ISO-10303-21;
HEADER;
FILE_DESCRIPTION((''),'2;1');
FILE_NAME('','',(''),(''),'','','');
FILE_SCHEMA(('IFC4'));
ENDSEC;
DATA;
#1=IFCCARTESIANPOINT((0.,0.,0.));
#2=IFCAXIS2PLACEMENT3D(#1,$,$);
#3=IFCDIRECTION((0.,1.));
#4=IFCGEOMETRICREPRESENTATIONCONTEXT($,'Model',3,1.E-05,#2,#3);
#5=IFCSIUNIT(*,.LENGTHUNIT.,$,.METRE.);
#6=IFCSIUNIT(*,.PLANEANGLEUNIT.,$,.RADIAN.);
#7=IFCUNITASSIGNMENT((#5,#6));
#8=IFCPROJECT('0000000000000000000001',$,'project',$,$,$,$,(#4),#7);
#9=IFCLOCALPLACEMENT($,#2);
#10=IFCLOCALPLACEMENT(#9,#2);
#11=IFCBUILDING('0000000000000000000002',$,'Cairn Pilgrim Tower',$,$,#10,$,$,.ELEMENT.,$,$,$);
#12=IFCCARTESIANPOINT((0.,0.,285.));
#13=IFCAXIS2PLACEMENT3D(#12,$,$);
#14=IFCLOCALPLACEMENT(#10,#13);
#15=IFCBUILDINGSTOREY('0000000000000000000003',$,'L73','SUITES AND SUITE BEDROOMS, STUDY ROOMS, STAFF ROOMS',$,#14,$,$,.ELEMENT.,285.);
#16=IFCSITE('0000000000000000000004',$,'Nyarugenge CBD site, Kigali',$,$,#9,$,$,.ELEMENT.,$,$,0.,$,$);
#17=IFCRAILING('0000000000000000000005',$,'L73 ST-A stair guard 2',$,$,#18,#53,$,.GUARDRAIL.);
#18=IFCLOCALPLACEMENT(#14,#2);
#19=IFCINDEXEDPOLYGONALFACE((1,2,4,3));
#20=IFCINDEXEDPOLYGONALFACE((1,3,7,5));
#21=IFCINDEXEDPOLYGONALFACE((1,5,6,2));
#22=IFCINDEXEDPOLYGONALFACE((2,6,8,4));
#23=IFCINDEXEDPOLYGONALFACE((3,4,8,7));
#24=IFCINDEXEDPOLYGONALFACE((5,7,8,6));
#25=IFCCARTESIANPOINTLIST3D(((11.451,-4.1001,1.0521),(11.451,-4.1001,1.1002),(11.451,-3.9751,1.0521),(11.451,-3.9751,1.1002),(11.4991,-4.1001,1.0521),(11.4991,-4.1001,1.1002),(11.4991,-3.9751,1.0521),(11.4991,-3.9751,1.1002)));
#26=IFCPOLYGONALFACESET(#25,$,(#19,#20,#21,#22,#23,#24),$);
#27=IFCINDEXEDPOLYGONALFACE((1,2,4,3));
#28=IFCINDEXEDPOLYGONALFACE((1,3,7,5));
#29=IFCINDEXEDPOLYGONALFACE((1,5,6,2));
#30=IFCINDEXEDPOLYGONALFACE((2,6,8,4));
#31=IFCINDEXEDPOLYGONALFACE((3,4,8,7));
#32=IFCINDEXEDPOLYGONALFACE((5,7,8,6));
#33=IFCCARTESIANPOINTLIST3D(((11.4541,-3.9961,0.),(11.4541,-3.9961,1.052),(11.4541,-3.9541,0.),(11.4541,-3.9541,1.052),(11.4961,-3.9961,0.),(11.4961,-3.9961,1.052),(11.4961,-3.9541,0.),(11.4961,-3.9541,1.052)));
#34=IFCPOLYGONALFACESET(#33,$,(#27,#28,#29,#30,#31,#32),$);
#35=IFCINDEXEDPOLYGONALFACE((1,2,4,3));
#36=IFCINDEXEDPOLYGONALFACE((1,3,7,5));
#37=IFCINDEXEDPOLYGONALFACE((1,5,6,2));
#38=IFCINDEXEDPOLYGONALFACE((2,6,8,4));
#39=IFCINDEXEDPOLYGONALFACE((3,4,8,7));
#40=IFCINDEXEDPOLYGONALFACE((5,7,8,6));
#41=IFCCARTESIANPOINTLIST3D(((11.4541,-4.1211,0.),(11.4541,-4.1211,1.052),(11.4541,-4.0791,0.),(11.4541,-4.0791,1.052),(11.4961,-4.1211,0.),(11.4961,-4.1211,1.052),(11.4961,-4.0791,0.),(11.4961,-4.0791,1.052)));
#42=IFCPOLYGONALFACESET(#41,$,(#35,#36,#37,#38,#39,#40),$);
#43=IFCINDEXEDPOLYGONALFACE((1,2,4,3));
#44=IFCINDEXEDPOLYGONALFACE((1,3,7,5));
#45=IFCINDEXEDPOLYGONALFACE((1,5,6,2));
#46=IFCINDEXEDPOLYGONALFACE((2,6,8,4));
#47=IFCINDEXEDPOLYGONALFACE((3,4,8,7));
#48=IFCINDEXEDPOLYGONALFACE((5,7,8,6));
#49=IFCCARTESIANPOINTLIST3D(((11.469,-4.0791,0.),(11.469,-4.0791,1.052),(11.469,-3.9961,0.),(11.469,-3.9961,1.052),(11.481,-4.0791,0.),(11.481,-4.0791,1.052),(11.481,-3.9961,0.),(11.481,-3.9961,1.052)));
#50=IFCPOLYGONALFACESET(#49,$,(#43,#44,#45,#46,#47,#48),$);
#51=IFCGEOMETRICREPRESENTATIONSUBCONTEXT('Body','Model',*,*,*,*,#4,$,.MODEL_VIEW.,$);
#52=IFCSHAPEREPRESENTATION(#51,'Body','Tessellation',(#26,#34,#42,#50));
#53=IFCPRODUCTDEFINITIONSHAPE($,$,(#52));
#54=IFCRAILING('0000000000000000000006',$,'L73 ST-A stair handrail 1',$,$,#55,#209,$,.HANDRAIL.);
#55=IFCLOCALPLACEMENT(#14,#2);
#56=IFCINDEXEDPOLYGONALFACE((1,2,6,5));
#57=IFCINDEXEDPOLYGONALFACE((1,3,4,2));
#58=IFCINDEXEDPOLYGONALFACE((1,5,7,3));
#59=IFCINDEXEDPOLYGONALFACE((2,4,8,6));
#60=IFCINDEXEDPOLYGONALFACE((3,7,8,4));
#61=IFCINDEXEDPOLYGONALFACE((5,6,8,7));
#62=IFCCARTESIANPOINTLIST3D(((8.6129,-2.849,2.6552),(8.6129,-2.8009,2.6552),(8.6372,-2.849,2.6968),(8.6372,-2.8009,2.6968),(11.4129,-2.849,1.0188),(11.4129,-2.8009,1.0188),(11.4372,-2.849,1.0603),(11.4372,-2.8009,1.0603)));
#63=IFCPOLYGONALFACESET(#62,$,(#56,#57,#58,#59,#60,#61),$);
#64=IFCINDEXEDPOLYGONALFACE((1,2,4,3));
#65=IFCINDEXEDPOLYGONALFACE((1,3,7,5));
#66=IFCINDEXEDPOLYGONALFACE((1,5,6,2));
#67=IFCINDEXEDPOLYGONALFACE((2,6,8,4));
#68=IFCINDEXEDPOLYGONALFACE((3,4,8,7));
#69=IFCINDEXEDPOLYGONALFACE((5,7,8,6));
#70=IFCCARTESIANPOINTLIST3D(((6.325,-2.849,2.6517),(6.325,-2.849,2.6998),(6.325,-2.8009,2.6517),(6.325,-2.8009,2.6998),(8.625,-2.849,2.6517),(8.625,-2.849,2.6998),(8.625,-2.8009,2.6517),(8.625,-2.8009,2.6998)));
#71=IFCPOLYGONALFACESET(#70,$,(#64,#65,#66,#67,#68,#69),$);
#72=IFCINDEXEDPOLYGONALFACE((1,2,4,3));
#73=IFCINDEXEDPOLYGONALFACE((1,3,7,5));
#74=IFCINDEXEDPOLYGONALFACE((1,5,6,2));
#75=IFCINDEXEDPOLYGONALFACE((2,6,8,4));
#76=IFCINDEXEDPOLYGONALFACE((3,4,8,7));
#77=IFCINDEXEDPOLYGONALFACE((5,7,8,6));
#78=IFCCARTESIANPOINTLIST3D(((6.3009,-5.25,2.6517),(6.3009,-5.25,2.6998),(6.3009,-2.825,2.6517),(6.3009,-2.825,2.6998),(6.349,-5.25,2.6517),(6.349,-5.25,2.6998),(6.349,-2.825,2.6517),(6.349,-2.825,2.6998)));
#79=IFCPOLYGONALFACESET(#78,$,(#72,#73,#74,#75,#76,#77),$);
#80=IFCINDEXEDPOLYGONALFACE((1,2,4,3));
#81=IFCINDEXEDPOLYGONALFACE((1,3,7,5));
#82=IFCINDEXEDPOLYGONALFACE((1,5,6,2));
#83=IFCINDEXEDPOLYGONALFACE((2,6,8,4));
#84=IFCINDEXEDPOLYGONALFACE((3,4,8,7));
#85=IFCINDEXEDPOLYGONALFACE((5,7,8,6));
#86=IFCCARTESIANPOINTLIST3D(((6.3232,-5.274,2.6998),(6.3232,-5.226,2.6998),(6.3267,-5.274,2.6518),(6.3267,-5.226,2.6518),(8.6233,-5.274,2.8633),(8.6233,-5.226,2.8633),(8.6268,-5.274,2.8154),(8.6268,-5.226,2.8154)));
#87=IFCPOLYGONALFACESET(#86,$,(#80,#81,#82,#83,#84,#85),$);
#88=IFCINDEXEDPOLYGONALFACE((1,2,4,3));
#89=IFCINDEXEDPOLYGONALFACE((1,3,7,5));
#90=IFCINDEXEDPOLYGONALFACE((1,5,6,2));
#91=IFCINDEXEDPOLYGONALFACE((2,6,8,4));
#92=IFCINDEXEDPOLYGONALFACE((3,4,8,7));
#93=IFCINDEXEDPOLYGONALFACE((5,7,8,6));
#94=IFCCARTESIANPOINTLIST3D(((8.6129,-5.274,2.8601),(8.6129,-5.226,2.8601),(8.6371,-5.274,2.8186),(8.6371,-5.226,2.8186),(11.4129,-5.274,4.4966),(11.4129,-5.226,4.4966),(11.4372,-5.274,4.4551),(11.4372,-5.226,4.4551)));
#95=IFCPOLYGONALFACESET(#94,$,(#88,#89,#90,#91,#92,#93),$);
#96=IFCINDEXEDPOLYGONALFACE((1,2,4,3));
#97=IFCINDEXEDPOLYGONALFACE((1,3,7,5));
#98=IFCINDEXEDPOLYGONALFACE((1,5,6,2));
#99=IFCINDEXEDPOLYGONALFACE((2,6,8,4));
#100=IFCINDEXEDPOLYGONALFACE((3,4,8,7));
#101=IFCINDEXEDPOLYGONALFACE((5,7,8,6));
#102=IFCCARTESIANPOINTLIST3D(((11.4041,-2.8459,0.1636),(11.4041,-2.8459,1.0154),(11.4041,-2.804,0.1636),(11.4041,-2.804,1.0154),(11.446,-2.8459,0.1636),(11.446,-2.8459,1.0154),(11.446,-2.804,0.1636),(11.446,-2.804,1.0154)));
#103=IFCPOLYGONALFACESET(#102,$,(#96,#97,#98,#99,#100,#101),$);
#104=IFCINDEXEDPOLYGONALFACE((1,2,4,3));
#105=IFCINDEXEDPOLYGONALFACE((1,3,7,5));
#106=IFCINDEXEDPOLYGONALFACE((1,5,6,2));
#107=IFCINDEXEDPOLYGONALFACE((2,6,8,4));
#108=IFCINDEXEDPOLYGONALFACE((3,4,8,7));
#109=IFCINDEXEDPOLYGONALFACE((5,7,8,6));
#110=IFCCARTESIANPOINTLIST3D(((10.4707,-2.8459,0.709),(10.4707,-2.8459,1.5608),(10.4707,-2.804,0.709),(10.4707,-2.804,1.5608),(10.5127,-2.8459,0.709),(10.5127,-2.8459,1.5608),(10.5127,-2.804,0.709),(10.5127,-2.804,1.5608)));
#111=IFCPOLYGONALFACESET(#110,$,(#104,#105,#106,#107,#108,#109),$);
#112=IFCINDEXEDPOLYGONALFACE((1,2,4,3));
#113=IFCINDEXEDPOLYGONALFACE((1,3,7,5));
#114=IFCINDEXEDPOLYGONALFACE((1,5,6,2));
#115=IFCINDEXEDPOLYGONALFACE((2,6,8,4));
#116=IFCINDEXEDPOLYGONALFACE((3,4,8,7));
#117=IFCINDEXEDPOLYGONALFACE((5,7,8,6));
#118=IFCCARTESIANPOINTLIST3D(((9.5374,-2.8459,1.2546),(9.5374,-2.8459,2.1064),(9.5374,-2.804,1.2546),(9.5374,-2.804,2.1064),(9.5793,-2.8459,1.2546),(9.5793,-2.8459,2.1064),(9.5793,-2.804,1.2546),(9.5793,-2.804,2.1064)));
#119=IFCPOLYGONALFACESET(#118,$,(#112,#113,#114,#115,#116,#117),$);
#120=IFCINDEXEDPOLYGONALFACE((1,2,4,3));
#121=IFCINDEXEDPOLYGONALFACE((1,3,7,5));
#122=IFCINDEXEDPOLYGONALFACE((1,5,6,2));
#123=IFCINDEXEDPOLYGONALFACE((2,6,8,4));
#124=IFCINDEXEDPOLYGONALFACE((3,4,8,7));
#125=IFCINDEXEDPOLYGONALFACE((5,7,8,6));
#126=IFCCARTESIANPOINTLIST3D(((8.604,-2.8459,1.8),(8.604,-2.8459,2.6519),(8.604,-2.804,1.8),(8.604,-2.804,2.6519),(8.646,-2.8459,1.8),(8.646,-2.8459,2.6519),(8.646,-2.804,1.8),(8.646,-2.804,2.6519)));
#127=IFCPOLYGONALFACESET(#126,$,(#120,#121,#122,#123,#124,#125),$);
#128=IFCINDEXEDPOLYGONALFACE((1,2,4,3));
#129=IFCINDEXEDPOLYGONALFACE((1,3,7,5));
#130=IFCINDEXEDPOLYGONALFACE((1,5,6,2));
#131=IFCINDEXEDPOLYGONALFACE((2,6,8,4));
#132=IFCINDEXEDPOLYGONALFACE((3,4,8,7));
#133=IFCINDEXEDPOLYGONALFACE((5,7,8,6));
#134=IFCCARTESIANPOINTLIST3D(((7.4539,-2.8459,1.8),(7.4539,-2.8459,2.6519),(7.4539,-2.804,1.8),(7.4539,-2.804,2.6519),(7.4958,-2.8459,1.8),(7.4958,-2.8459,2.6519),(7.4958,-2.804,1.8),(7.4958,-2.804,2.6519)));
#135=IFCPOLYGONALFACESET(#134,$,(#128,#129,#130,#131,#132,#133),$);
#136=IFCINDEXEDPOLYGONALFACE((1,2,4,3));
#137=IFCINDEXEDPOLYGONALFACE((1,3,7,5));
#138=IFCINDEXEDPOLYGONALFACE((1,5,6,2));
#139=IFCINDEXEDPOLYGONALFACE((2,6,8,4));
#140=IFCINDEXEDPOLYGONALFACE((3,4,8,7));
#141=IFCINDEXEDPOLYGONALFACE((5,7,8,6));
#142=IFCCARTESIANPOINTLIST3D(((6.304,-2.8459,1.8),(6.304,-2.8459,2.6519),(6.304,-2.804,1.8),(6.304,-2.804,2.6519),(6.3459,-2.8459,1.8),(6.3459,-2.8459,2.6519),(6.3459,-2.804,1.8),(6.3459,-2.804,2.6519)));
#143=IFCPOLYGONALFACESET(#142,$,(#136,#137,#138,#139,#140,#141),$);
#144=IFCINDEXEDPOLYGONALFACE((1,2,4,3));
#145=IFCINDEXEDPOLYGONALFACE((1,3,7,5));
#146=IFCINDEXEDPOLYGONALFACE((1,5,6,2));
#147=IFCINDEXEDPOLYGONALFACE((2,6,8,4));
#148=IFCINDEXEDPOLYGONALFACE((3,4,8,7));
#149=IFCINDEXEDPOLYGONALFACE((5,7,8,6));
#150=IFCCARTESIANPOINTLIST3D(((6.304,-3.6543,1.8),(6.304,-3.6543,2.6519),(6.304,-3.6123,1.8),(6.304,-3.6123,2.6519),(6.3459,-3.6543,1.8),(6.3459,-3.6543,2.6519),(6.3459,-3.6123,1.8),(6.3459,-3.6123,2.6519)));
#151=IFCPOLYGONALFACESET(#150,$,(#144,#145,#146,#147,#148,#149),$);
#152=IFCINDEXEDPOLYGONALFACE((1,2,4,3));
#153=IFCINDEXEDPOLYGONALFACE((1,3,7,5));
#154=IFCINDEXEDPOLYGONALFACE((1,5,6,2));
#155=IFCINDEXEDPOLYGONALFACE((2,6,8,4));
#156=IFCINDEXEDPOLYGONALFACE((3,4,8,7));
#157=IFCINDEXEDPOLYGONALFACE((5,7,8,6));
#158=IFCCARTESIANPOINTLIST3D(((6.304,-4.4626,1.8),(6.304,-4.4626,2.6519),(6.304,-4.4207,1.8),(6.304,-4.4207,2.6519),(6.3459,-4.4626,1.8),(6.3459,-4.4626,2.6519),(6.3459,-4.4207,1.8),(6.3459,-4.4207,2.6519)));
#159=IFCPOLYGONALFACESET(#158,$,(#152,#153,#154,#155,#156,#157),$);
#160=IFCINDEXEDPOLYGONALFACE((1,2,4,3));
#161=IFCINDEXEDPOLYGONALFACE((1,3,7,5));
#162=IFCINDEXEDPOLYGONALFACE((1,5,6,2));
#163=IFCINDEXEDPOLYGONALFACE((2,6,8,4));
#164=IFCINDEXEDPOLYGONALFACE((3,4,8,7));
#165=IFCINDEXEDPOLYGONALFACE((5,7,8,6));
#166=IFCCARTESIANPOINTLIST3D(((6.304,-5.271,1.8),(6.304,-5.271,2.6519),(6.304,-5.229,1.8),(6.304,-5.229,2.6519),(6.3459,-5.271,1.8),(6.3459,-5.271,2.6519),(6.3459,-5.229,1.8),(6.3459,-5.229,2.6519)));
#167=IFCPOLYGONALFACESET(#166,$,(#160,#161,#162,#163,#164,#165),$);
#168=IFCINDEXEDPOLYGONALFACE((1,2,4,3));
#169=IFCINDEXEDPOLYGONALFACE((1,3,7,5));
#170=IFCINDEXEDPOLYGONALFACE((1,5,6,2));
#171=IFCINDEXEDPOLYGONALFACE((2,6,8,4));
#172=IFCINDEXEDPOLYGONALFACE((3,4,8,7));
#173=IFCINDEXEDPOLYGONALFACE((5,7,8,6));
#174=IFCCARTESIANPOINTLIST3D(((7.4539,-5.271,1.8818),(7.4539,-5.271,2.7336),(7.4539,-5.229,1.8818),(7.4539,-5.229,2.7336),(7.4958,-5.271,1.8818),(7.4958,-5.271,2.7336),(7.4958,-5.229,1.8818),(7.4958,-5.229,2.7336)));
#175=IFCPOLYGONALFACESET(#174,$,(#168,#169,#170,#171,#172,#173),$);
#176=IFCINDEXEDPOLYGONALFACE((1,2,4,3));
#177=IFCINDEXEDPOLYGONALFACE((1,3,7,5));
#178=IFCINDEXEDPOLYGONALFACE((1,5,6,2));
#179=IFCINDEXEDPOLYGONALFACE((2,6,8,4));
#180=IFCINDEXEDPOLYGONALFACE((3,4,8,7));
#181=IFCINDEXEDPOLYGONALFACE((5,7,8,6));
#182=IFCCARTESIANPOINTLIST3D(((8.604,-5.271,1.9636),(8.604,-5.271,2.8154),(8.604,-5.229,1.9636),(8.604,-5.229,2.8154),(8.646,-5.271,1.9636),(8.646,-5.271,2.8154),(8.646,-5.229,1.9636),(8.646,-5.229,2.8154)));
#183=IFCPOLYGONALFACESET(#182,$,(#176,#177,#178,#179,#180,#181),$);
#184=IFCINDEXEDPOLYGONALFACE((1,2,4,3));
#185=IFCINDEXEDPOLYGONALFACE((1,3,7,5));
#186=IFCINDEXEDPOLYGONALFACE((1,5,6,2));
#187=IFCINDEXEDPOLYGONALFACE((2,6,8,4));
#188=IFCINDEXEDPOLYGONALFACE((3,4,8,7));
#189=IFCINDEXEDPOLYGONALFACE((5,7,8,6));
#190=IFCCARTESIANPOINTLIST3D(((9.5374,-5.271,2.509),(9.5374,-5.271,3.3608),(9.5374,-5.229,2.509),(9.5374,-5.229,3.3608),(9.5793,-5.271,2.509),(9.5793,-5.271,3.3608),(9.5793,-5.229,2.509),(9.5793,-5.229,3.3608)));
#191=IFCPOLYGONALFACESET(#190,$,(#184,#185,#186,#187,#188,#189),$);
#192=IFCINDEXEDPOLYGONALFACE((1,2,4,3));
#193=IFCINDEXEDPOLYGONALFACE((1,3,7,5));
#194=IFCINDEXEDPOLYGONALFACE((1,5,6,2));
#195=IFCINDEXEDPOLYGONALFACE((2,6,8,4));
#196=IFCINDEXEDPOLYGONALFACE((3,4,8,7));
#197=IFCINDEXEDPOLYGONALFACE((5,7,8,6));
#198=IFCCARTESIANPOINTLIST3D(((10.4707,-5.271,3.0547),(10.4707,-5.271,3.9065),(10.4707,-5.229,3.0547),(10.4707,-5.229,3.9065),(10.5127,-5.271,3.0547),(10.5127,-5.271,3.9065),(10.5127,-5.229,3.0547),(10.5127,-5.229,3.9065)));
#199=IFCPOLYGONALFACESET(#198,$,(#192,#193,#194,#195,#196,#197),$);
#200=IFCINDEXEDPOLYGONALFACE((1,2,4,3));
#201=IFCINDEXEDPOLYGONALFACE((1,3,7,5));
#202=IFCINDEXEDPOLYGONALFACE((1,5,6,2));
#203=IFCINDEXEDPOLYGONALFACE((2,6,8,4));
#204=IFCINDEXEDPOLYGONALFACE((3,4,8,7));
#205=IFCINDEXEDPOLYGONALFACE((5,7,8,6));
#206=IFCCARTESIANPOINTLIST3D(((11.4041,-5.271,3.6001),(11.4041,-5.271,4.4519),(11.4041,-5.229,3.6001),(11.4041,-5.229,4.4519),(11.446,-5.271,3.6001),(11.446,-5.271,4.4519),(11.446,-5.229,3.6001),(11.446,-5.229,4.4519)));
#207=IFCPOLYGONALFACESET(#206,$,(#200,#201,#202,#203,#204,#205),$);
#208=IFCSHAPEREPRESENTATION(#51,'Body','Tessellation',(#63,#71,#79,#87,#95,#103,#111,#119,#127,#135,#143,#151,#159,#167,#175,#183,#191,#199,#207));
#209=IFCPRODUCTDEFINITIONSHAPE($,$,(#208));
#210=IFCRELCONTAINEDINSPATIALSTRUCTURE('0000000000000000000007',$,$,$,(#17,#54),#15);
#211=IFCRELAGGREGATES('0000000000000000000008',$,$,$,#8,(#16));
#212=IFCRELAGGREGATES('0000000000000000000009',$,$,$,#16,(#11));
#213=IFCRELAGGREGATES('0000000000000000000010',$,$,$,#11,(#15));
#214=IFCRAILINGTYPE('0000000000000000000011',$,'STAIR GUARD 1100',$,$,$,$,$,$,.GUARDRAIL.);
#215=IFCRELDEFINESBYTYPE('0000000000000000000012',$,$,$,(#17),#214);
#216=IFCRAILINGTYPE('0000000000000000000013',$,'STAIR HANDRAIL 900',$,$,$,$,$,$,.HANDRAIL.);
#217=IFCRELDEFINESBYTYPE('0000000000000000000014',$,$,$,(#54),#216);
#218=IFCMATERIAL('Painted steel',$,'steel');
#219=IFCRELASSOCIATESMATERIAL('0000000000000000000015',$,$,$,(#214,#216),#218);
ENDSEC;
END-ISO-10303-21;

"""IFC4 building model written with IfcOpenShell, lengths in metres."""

from ifc_helpers import new_model, si_unit, direction, frame, origin, origin_2d, place, context, subcontext, project, spatial, polyline, rectangle, outline, extrude, material, type_object, element, save


model = new_model("IFC4")

# Units and contexts
model_context = context("Model", 3, precision=1e-05, world=origin(), true_north=direction((0.0, 1.0)))
body_context = subcontext(model_context, "Body", "Model", "MODEL_VIEW")
ifc_project = project(units=[si_unit("LENGTHUNIT", "METRE"), si_unit("PLANEANGLEUNIT", "RADIAN")], contexts=[model_context])

# Site, building, storey
site_placement = place(None, origin())
site = spatial("IfcSite", under=ifc_project, at=site_placement, Name="Nyarugenge CBD site, Kigali", CompositionType="ELEMENT", RefElevation=0.0)
building_placement = place(site_placement, origin())
building = spatial("IfcBuilding", under=site, at=building_placement, Name="Cairn Pilgrim Tower", CompositionType="ELEMENT")
storey_placement = place(building_placement, frame((0.0, 0.0, 285.0)))
storey = spatial("IfcBuildingStorey", under=building, at=storey_placement, Name="L73", Description="SUITES AND SUITE BEDROOMS, STUDY ROOMS, STAFF ROOMS", CompositionType="ELEMENT", Elevation=285.0)

# Shared definitions
ifc_material_1 = material(Name="Painted steel", Category="steel")

# Railings
railing_type_1 = type_object("IfcRailingType", Name="STAIR GUARD 1100", PredefinedType="GUARDRAIL", material=ifc_material_1)
railing_1_placement = place(storey_placement, frame((11.4751, -3.9751, 0.0)))
element("IfcRailing", 1, at=railing_1_placement, inside=storey, type_object=railing_type_1, Name="L73 ST-A stair guard 2", PredefinedType="GUARDRAIL", context=body_context, shape_type="SweptSolid", body=[
    extrude(rectangle(XDim=0.0481, YDim=0.0481, at=origin_2d()), frame((0.0, 0.0, 1.0762), z_axis=(0.0, -1.0, 0.0), x_axis=(1.0, 0.0, 0.0)), (0.0, 0.0, 1.0), 0.125),
    extrude(rectangle(XDim=0.042, YDim=0.042, at=origin_2d()), origin(), (0.0, 0.0, 1.0), 1.052),
    extrude(rectangle(XDim=0.042, YDim=0.042, at=origin_2d()), frame((0.0, -0.125, 0.0)), (0.0, 0.0, 1.0), 1.052),
    extrude(outline(polyline([(0.021, 0.0), (0.104, 0.0), (0.104, 1.052), (0.021, 1.052), (0.021, 0.0)])), frame((0.0059, 0.0, 0.0), z_axis=(-1.0, 0.0, 0.0), x_axis=(0.0, -1.0, 0.0)), (0.0, 0.0, 1.0), 0.012),
])
railing_type_2 = type_object("IfcRailingType", Name="STAIR HANDRAIL 900", PredefinedType="HANDRAIL", material=ifc_material_1)
railing_2_placement = place(storey_placement, frame((11.425, -2.825, 0.1636)))
element("IfcRailing", 2, at=railing_2_placement, inside=storey, type_object=railing_type_2, Name="L73 ST-A stair handrail 1", PredefinedType="HANDRAIL", context=body_context, shape_type="SweptSolid", body=[
    extrude(rectangle(XDim=0.0481, YDim=0.0481, at=origin_2d()), frame((0.0, 0.0, 0.876), z_axis=(-0.863361, 0.0, 0.504587), x_axis=(0.0, -1.0, 0.0)), (0.0, 0.0, 1.0), 3.2432),
    extrude(rectangle(XDim=0.0481, YDim=0.0481, at=origin_2d()), frame((-2.8, 0.0, 2.5122), z_axis=(-1.0, 0.0, 0.0), x_axis=(0.0, -1.0, 0.0)), (0.0, 0.0, 1.0), 2.3),
    extrude(rectangle(XDim=0.0481, YDim=0.0481, at=origin_2d()), frame((-5.1001, 0.0, 2.5122), z_axis=(0.0, -1.0, 0.0), x_axis=(1.0, 0.0, 0.0)), (0.0, 0.0, 1.0), 2.425),
    extrude(rectangle(XDim=0.0481, YDim=0.0481, at=origin_2d()), frame((-5.1001, -2.425, 2.5122), z_axis=(0.997481, 0.0, 0.070939), x_axis=(0.0, 1.0, 0.0)), (0.0, 0.0, 1.0), 2.3059),
    extrude(rectangle(XDim=0.0481, YDim=0.0481, at=origin_2d()), frame((-2.8, -2.425, 2.6758), z_axis=(0.863361, 0.0, 0.504587), x_axis=(0.0, 1.0, 0.0)), (0.0, 0.0, 1.0), 3.2432),
    extrude(rectangle(XDim=0.042, YDim=0.042, at=origin_2d()), origin(), (0.0, 0.0, 1.0), 0.8518),
    extrude(rectangle(XDim=0.042, YDim=0.042, at=origin_2d()), frame((-0.9333, 0.0, 0.5454)), (0.0, 0.0, 1.0), 0.8518),
    extrude(rectangle(XDim=0.042, YDim=0.042, at=origin_2d()), frame((-1.8667, 0.0, 1.0911)), (0.0, 0.0, 1.0), 0.8518),
    extrude(rectangle(XDim=0.042, YDim=0.042, at=origin_2d()), frame((-2.8, 0.0, 1.6365)), (0.0, 0.0, 1.0), 0.8518),
    extrude(rectangle(XDim=0.042, YDim=0.042, at=origin_2d()), frame((-3.9502, 0.0, 1.6365)), (0.0, 0.0, 1.0), 0.8518),
    extrude(rectangle(XDim=0.042, YDim=0.042, at=origin_2d()), frame((-5.1001, 0.0, 1.6365)), (0.0, 0.0, 1.0), 0.8518),
    extrude(rectangle(XDim=0.042, YDim=0.042, at=origin_2d()), frame((-5.1001, -0.8083, 1.6365)), (0.0, 0.0, 1.0), 0.8518),
    extrude(rectangle(XDim=0.042, YDim=0.042, at=origin_2d()), frame((-5.1001, -1.6167, 1.6365)), (0.0, 0.0, 1.0), 0.8518),
    extrude(rectangle(XDim=0.042, YDim=0.042, at=origin_2d()), frame((-5.1001, -2.425, 1.6365)), (0.0, 0.0, 1.0), 0.8518),
    extrude(rectangle(XDim=0.042, YDim=0.042, at=origin_2d()), frame((-3.9502, -2.425, 1.7183)), (0.0, 0.0, 1.0), 0.8518),
    extrude(rectangle(XDim=0.042, YDim=0.042, at=origin_2d()), frame((-2.8, -2.425, 1.8)), (0.0, 0.0, 1.0), 0.8518),
    extrude(rectangle(XDim=0.042, YDim=0.042, at=origin_2d()), frame((-1.8667, -2.425, 2.3455)), (0.0, 0.0, 1.0), 0.8518),
    extrude(rectangle(XDim=0.042, YDim=0.042, at=origin_2d()), frame((-0.9333, -2.425, 2.8911)), (0.0, 0.0, 1.0), 0.8518),
    extrude(rectangle(XDim=0.042, YDim=0.042, at=origin_2d()), frame((0.0, -2.425, 3.4365)), (0.0, 0.0, 1.0), 0.8518),
])

save(model, "model.ifc")
